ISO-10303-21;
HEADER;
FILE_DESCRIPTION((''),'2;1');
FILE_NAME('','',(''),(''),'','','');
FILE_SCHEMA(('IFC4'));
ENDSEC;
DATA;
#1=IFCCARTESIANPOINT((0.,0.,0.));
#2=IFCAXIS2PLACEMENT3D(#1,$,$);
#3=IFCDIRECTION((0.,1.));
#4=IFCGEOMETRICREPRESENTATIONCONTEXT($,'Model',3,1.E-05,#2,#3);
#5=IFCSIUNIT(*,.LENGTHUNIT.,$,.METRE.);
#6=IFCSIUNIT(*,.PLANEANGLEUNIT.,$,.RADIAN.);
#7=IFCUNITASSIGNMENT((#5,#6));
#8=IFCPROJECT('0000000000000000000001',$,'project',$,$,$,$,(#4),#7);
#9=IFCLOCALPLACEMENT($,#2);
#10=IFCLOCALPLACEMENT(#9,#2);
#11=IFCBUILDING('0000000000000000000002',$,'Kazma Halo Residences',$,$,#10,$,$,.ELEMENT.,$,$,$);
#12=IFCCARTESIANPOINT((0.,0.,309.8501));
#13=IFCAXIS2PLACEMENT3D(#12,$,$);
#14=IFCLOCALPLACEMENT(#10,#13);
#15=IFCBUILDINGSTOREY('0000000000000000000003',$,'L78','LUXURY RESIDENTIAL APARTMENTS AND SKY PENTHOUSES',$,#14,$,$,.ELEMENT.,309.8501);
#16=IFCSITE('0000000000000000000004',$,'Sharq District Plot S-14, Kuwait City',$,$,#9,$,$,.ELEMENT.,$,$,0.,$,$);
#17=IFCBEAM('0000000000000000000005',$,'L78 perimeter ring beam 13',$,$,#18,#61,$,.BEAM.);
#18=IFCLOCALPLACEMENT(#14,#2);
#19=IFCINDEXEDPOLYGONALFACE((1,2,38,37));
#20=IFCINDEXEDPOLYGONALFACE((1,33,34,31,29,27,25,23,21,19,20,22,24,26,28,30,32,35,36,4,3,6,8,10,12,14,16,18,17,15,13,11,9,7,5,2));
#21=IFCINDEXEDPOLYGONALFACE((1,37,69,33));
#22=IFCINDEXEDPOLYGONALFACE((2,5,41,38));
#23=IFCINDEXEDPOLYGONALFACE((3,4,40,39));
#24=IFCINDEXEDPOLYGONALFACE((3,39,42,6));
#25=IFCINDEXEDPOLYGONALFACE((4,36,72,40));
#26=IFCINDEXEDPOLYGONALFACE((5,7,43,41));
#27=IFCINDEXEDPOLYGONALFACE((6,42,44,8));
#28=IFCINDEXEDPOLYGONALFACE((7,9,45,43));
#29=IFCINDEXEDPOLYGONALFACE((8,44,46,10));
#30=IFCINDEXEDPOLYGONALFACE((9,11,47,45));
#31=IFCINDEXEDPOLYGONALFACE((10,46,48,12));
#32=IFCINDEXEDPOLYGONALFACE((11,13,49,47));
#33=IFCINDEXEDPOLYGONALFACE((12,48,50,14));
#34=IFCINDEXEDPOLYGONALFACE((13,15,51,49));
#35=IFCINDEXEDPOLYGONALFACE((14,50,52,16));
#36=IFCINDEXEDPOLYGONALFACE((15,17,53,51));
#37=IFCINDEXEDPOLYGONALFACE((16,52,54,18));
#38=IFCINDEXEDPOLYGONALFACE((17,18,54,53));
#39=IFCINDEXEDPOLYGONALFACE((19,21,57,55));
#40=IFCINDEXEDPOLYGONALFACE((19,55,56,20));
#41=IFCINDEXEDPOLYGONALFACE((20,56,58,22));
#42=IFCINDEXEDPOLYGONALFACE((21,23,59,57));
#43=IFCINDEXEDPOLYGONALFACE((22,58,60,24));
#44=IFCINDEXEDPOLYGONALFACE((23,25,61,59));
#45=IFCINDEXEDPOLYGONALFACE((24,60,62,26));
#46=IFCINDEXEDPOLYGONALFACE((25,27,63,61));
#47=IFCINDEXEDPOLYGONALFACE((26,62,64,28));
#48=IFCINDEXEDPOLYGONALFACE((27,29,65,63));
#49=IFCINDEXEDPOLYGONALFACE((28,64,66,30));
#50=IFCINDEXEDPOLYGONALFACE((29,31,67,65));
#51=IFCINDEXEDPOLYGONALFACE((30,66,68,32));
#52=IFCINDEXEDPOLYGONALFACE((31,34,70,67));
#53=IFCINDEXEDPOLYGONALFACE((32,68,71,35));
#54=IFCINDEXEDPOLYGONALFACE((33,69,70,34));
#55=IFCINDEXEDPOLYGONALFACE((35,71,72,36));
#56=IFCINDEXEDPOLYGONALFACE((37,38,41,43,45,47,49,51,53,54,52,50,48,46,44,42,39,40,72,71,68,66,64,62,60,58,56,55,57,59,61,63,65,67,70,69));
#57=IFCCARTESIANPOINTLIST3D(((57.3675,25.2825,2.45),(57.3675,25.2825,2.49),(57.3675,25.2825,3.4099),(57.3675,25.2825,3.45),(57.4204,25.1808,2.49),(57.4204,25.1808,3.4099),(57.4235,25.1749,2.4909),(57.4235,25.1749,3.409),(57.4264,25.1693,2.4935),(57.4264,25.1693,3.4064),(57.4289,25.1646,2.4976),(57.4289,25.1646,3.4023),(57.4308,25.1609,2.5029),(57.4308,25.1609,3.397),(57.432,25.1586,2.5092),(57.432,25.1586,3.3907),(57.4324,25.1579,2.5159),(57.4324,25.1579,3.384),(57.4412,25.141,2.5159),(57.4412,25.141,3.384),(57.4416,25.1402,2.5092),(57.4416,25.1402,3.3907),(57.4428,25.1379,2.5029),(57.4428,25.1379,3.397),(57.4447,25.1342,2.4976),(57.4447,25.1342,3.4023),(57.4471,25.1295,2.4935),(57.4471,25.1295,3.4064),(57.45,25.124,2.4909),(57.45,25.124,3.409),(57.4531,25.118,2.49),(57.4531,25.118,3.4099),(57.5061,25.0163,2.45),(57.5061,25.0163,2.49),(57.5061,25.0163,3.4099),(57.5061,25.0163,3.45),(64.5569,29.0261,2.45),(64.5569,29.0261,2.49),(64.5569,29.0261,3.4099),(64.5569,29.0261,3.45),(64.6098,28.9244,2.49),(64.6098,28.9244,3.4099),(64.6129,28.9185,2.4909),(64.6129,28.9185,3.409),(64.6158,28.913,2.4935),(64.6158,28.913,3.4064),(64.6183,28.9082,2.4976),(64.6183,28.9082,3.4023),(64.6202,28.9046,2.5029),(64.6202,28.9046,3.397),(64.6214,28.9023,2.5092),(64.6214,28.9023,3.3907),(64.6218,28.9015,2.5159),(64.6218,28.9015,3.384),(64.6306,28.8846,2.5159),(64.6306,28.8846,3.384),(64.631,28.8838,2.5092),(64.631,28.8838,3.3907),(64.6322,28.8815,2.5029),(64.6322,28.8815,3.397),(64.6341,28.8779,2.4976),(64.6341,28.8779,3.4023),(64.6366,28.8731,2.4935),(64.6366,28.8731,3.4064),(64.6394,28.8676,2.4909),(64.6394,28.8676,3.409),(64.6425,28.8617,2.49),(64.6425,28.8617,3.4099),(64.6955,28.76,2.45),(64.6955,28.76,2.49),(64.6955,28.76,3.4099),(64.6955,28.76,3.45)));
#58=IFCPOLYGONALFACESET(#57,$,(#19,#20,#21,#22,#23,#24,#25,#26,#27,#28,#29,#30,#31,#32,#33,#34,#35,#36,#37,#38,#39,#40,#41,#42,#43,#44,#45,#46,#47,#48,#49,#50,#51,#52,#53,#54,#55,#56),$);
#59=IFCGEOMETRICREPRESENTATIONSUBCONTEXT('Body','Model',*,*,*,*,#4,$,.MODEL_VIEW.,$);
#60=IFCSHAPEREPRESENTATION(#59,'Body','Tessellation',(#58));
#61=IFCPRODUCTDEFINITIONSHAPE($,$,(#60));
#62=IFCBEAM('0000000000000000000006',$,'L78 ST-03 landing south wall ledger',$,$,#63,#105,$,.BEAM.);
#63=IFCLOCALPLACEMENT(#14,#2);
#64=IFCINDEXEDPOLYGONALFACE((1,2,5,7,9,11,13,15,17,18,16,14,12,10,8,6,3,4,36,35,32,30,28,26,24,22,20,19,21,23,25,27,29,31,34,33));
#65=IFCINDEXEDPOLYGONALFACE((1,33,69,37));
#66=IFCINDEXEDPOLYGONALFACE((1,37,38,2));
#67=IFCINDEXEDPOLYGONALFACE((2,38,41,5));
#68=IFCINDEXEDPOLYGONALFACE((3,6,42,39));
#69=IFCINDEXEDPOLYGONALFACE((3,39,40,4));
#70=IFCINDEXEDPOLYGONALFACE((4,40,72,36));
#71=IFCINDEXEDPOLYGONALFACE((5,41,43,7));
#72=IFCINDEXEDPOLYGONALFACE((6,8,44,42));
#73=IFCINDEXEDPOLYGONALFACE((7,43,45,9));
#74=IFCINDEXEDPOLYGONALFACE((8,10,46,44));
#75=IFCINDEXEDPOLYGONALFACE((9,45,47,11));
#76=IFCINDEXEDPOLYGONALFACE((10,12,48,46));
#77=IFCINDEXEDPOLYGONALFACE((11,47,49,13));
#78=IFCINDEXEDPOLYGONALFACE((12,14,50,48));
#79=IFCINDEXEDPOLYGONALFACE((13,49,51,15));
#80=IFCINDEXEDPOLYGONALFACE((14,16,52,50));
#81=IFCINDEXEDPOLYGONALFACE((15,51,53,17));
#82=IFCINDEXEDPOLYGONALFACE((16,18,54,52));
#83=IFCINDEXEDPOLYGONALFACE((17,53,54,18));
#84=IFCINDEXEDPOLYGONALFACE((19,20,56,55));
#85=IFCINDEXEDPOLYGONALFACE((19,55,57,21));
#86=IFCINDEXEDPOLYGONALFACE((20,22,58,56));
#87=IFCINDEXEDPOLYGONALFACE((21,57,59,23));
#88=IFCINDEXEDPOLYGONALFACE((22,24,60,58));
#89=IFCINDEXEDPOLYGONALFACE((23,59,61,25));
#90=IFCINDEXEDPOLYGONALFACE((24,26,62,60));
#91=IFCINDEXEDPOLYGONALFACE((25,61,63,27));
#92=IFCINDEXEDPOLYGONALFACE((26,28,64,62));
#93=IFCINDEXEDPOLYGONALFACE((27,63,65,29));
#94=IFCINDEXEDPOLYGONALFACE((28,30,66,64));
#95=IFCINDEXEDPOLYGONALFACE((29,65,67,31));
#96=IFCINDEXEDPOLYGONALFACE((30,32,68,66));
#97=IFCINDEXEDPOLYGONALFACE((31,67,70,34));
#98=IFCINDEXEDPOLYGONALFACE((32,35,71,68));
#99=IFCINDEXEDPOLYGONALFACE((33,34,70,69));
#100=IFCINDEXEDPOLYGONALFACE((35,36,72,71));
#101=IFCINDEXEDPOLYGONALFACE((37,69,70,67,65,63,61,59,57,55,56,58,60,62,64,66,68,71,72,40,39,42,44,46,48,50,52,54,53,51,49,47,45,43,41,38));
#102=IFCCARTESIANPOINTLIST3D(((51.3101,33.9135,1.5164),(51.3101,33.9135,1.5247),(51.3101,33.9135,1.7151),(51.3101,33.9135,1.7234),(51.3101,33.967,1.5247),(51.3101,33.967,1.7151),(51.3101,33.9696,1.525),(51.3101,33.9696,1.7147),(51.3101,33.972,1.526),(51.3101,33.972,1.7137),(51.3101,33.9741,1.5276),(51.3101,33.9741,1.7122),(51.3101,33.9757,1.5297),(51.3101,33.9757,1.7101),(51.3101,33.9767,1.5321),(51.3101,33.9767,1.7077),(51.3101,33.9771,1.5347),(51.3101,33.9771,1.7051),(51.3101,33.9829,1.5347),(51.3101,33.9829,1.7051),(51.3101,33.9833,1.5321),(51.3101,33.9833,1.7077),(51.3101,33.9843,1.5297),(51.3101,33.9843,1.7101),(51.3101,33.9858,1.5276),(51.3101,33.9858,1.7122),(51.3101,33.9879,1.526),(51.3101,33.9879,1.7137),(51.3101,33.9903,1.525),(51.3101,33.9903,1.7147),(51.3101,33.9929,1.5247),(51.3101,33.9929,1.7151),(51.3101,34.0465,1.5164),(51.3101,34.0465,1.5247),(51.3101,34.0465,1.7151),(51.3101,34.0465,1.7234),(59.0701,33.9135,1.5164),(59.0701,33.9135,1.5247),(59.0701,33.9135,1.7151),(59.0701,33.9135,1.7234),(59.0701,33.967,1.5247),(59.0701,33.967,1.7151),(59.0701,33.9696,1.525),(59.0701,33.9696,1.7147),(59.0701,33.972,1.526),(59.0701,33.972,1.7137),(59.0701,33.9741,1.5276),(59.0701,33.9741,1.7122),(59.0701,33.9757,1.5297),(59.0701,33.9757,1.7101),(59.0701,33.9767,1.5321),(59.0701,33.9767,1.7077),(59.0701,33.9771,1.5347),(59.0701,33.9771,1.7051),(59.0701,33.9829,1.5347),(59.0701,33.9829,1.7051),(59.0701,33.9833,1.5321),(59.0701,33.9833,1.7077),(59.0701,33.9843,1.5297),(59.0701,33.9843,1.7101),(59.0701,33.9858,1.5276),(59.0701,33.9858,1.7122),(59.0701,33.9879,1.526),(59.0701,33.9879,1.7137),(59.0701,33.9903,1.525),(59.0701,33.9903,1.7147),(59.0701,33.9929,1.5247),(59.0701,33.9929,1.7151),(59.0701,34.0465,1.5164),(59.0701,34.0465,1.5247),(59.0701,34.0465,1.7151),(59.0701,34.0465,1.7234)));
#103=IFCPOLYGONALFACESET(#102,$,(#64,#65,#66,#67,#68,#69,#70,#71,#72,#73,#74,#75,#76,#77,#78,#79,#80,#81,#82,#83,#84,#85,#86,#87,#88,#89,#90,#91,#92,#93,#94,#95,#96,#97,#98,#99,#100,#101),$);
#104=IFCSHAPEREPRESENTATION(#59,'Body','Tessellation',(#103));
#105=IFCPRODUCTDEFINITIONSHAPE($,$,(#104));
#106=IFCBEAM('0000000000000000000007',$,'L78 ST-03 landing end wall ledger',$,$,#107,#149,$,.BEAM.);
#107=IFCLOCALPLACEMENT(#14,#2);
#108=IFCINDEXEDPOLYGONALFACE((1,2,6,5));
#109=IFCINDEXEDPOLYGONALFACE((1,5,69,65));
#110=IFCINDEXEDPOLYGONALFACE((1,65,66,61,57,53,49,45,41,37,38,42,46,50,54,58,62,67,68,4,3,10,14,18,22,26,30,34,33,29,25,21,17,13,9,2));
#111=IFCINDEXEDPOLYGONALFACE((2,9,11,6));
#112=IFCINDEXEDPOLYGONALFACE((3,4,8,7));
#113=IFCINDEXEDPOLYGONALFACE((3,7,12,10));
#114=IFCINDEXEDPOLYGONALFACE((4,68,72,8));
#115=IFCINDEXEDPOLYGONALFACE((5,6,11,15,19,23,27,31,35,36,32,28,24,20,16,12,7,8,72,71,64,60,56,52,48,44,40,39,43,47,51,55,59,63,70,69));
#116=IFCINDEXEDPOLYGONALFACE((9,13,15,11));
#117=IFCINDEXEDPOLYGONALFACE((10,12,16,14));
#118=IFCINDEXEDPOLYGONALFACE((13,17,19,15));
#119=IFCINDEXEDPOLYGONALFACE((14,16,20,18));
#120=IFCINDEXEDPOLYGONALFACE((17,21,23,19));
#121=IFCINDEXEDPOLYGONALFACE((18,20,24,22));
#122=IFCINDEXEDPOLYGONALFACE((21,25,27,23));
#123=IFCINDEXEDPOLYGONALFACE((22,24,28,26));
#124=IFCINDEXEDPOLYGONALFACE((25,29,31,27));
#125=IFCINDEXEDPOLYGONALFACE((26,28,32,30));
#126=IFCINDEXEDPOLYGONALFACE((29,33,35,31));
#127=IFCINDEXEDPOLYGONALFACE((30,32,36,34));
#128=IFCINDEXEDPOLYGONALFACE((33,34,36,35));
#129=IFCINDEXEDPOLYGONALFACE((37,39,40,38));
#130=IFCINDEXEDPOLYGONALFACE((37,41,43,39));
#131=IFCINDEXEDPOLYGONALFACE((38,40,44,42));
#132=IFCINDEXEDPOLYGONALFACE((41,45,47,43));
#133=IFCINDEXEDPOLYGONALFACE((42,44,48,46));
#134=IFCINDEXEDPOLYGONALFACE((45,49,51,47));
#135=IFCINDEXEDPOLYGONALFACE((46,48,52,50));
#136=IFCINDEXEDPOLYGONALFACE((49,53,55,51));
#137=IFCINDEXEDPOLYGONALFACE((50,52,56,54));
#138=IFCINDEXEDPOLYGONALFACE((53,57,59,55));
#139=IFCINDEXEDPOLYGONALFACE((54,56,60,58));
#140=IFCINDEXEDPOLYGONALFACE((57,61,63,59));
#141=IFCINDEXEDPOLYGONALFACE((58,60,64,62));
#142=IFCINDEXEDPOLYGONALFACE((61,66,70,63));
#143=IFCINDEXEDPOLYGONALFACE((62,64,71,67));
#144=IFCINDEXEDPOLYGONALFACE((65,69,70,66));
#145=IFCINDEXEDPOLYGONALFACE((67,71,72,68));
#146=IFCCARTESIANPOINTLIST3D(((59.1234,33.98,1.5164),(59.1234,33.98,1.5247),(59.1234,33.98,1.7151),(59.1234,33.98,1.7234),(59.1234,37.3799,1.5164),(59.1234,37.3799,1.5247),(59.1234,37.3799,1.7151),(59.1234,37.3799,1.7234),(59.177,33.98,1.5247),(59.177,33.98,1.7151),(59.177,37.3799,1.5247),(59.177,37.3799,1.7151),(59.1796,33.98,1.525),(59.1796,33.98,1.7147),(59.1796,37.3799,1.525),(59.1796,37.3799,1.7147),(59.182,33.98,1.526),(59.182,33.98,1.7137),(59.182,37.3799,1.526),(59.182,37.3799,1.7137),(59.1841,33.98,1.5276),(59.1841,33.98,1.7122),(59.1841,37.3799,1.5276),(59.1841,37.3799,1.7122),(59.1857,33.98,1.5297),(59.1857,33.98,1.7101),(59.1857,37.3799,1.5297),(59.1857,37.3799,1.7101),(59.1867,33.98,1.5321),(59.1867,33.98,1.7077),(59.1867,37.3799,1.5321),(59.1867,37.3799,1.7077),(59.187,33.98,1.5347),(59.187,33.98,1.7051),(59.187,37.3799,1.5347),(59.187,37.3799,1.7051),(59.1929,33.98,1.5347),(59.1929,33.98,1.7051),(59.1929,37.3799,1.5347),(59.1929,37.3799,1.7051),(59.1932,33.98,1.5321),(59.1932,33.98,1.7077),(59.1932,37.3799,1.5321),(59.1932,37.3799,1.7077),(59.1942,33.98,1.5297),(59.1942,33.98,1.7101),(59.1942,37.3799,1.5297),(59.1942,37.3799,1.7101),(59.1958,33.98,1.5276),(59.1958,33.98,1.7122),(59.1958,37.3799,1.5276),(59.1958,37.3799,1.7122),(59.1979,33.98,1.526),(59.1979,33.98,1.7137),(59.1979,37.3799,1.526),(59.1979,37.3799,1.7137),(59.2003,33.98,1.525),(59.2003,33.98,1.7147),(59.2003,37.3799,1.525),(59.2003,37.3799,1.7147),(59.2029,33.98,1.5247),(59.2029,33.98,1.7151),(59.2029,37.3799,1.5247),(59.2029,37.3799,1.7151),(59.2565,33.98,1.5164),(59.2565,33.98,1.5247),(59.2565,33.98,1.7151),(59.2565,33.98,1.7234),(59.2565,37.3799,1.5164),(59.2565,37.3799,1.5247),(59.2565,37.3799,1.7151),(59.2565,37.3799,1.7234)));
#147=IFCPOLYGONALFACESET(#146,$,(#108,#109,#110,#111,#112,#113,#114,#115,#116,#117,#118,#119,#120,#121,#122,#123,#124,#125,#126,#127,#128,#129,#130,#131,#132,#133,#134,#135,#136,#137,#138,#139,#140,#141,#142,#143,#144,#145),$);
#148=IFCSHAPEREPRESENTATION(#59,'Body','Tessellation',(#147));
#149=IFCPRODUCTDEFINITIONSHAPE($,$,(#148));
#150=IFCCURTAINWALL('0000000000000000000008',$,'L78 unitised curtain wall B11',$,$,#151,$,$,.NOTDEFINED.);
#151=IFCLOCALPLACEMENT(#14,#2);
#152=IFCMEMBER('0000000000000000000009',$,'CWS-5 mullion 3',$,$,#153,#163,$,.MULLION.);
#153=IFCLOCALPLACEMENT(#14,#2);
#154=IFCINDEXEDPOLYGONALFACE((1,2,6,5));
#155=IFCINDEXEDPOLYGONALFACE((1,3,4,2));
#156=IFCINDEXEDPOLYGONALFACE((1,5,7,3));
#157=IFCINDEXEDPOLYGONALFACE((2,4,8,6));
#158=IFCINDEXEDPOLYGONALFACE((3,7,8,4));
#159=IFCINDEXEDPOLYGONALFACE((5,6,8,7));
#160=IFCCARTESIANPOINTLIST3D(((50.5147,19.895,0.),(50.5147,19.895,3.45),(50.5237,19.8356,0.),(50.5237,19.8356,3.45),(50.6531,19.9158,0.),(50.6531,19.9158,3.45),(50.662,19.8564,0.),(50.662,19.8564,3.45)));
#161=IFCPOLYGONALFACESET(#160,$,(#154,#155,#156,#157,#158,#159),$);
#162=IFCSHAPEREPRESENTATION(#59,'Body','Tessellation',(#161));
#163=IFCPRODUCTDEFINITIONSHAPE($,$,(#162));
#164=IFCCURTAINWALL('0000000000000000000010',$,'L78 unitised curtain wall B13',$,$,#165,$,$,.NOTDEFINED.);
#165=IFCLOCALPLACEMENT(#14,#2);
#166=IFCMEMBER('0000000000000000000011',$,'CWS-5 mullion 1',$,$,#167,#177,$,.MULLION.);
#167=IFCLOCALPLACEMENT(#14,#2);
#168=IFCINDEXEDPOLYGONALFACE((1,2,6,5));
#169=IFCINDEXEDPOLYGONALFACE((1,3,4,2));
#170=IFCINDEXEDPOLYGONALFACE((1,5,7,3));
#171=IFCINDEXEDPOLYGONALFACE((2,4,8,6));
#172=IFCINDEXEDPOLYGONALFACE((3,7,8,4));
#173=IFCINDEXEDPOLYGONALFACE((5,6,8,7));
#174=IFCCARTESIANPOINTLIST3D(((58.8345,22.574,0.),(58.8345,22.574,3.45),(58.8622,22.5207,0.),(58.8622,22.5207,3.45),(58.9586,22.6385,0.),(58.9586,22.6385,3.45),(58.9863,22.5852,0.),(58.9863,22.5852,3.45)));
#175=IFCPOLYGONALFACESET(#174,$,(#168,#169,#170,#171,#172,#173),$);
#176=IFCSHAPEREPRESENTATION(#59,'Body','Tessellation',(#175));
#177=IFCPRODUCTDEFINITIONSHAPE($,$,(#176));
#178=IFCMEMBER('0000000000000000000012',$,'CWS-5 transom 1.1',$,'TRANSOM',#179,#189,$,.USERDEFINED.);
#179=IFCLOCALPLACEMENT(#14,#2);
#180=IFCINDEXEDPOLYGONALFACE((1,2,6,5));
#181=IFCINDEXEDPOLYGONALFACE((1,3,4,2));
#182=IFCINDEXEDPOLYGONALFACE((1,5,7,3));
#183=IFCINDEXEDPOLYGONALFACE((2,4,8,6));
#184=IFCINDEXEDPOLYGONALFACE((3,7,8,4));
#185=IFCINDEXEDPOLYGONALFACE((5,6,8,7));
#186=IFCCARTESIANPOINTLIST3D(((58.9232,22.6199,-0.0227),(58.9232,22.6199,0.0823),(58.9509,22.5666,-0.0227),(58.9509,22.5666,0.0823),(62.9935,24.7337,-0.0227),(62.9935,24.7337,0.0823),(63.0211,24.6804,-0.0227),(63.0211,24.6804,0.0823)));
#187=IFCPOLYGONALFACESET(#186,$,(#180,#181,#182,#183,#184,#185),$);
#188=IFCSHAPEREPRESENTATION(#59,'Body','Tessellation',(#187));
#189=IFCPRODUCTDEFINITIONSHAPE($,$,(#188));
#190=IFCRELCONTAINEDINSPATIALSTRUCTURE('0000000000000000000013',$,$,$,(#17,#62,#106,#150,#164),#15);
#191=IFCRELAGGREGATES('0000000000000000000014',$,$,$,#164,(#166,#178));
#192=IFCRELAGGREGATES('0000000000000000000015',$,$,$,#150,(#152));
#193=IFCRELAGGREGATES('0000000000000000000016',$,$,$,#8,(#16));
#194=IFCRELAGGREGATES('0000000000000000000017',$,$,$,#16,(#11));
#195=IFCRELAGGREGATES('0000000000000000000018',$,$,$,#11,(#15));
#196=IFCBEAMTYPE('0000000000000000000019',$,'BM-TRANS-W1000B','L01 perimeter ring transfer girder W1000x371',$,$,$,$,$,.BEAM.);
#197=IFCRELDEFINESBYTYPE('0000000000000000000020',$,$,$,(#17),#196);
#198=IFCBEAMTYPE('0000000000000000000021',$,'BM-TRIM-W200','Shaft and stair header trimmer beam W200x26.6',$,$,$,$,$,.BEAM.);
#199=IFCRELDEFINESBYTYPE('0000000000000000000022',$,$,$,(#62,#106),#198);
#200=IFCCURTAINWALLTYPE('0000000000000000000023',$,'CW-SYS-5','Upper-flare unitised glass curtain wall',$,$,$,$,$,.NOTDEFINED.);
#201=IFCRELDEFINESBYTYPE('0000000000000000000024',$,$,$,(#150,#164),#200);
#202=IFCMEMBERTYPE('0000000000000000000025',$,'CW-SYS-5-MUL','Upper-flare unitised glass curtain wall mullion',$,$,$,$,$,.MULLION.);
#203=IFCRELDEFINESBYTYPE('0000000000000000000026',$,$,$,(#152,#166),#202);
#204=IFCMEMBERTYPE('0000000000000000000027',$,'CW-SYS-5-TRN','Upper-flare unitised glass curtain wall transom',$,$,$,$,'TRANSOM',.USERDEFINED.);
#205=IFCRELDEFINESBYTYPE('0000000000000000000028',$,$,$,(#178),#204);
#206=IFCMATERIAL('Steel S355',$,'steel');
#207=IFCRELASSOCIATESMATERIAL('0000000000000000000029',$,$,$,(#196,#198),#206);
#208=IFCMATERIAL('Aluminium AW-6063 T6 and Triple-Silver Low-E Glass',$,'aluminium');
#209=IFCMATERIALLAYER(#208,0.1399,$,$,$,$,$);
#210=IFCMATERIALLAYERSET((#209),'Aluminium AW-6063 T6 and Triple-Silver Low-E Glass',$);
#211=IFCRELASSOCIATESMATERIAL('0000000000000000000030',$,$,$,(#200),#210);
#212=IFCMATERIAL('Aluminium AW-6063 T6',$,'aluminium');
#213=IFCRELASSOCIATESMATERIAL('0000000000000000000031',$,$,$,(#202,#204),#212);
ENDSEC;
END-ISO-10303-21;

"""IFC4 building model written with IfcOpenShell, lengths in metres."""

from ifc_helpers import new_model, si_unit, direction, frame, origin, origin_2d, place, context, subcontext, project, spatial, rectangle, i_section, extrude, material, layer, layer_set, material_profile, profile_set, type_object, element, aggregate, save


model = new_model("IFC4")

# Units and contexts
model_context = context("Model", 3, precision=1e-05, world=origin(), true_north=direction((0.0, 1.0)))
body_context = subcontext(model_context, "Body", "Model", "MODEL_VIEW")
ifc_project = project(units=[si_unit("LENGTHUNIT", "METRE"), si_unit("PLANEANGLEUNIT", "RADIAN")], contexts=[model_context])

# Site, building, storey
site_placement = place(None, origin())
site = spatial("IfcSite", under=ifc_project, at=site_placement, Name="Sharq District Plot S-14, Kuwait City", CompositionType="ELEMENT", RefElevation=0.0)
building_placement = place(site_placement, origin())
building = spatial("IfcBuilding", under=site, at=building_placement, Name="Kazma Halo Residences", CompositionType="ELEMENT")
storey_placement = place(building_placement, frame((0.0, 0.0, 309.8501)))
storey = spatial("IfcBuildingStorey", under=building, at=storey_placement, Name="L78", Description="LUXURY RESIDENTIAL APARTMENTS AND SKY PENTHOUSES", CompositionType="ELEMENT", Elevation=309.8501)

# Beams
ifc_material_1 = material(Name="Steel S355", Category="steel")
ifc_material_profile_1 = material_profile(ifc_material_1, i_section(OverallWidth=0.3, OverallDepth=1.0, WebThickness=0.019, FlangeThickness=0.04, FilletRadius=0.0259, at=origin_2d()), Name="W1000x371")
ifc_profile_set_1 = profile_set([ifc_material_profile_1], Name="Steel S355")
beam_type_1 = type_object("IfcBeamType", Name="BM-TRANS-W1000B", Description="L01 perimeter ring transfer girder W1000x371", PredefinedType="BEAM", material=ifc_profile_set_1)
beam_1_placement = place(storey_placement, frame((57.4368, 25.1494, 2.95), z_axis=(0.886957, 0.461851, 0.0), x_axis=(-0.461851, 0.886957, 0.0)))
element("IfcBeam", 1, at=beam_1_placement, inside=storey, type_object=beam_type_1, Name="L78 perimeter ring beam 13", PredefinedType="BEAM", context=body_context, shape_type="SweptSolid", body=[
    extrude(i_section(OverallWidth=0.3, OverallDepth=1.0, WebThickness=0.019, FlangeThickness=0.04, FilletRadius=0.0259, at=origin_2d()), origin(), (0.0, 0.0, 1.0), 8.1057),
])
ifc_material_profile_2 = material_profile(ifc_material_1, i_section(OverallWidth=0.1331, OverallDepth=0.207, WebThickness=0.0059, FlangeThickness=0.0083, FilletRadius=0.01, at=origin_2d()), Name="W200x26.6")
ifc_profile_set_2 = profile_set([ifc_material_profile_2], Name="Steel S355")
beam_type_2 = type_object("IfcBeamType", Name="BM-TRIM-W200", Description="Shaft and stair header trimmer beam W200x26.6", PredefinedType="BEAM", material=ifc_profile_set_2)
beam_2_placement = place(storey_placement, frame((51.3101, 33.98, 1.6199), z_axis=(1.0, 0.0, 0.0), x_axis=(0.0, 1.0, 0.0)))
element("IfcBeam", 2, at=beam_2_placement, inside=storey, type_object=beam_type_2, Name="L78 ST-03 landing south wall ledger", PredefinedType="BEAM", context=body_context, shape_type="SweptSolid", body=[
    extrude(i_section(OverallWidth=0.1331, OverallDepth=0.207, WebThickness=0.0059, FlangeThickness=0.0083, FilletRadius=0.01, at=origin_2d()), origin(), (0.0, 0.0, 1.0), 7.76),
])
beam_3_placement = place(storey_placement, frame((59.1899, 33.98, 1.6199), z_axis=(0.0, 1.0, 0.0), x_axis=(-1.0, 0.0, 0.0)))
element("IfcBeam", 3, at=beam_3_placement, inside=storey, type_object=beam_type_2, Name="L78 ST-03 landing end wall ledger", PredefinedType="BEAM", context=body_context, shape_type="SweptSolid", body=[
    extrude(i_section(OverallWidth=0.1331, OverallDepth=0.207, WebThickness=0.0059, FlangeThickness=0.0083, FilletRadius=0.01, at=origin_2d()), origin(), (0.0, 0.0, 1.0), 3.3999),
])

# Curtain wall, member
ifc_material_2 = material(Name="Aluminium AW-6063 T6 and Triple-Silver Low-E Glass", Category="aluminium")
ifc_layer_1 = layer(ifc_material_2, 0.1399)
ifc_layer_set_1 = layer_set([ifc_layer_1], Name="Aluminium AW-6063 T6 and Triple-Silver Low-E Glass")
curtain_wall_type = type_object("IfcCurtainWallType", Name="CW-SYS-5", Description="Upper-flare unitised glass curtain wall", PredefinedType="NOTDEFINED", material=ifc_layer_set_1)
curtain_wall_1_placement = place(storey_placement, origin())
curtain_wall_1 = element("IfcCurtainWall", 4, at=curtain_wall_1_placement, inside=storey, type_object=curtain_wall_type, Name="L78 unitised curtain wall B11", PredefinedType="NOTDEFINED")
ifc_material_3 = material(Name="Aluminium AW-6063 T6", Category="aluminium")
ifc_material_profile_3 = material_profile(ifc_material_3, rectangle(XDim=0.0601, YDim=0.1399, at=origin_2d()), Name="CWM-60x140")
ifc_profile_set_3 = profile_set([ifc_material_profile_3], Name="Aluminium AW-6063 T6")
member_type_1 = type_object("IfcMemberType", Name="CW-SYS-5-MUL", Description="Upper-flare unitised glass curtain wall mullion", PredefinedType="MULLION", material=ifc_profile_set_3)
member_1_placement = place(storey_placement, frame((50.5884, 19.8757, 0.0), z_axis=(0.0, 0.0, 1.0), x_axis=(-0.148804, 0.988867, 0.0)))
member_1 = element("IfcMember", 5, at=member_1_placement, type_object=member_type_1, Name="CWS-5 mullion 3", PredefinedType="MULLION", context=body_context, shape_type="SweptSolid", body=[
    extrude(rectangle(XDim=0.0601, YDim=0.1399, at=origin_2d()), origin(), (0.0, 0.0, 1.0), 3.45),
])

# Curtain wall, members
curtain_wall_2_placement = place(storey_placement, origin())
curtain_wall_2 = element("IfcCurtainWall", 6, at=curtain_wall_2_placement, inside=storey, type_object=curtain_wall_type, Name="L78 unitised curtain wall B13", PredefinedType="NOTDEFINED")
member_2_placement = place(storey_placement, frame((58.9104, 22.5796, 0.0), z_axis=(0.0, 0.0, 1.0), x_axis=(-0.460859, 0.887473, 0.0)))
member_2 = element("IfcMember", 7, at=member_2_placement, type_object=member_type_1, Name="CWS-5 mullion 1", PredefinedType="MULLION", context=body_context, shape_type="SweptSolid", body=[
    extrude(rectangle(XDim=0.0601, YDim=0.1399, at=origin_2d()), origin(), (0.0, 0.0, 1.0), 3.45),
])
ifc_material_profile_4 = material_profile(ifc_material_3, rectangle(XDim=0.0601, YDim=0.105, at=origin_2d()), Name="CWT-60x105")
ifc_profile_set_4 = profile_set([ifc_material_profile_4], Name="Aluminium AW-6063 T6")
member_type_2 = type_object("IfcMemberType", Name="CW-SYS-5-TRN", Description="Upper-flare unitised glass curtain wall transom", ElementType="TRANSOM", PredefinedType="USERDEFINED", material=ifc_profile_set_4)
member_3_placement = place(storey_placement, frame((58.937, 22.5933, 0.0298), z_axis=(0.887466, 0.460873, 0.0), x_axis=(-0.460873, 0.887466, 0.0)))
member_3 = element("IfcMember", 8, at=member_3_placement, type_object=member_type_2, Name="CWS-5 transom 1.1", ObjectType="TRANSOM", PredefinedType="USERDEFINED", context=body_context, shape_type="SweptSolid", body=[
    extrude(rectangle(XDim=0.0601, YDim=0.105, at=origin_2d()), origin(), (0.0, 0.0, 1.0), 4.5864),
])
aggregate(curtain_wall_2, [member_2, member_3])

aggregate(curtain_wall_1, [member_1])

save(model, "model.ifc")
